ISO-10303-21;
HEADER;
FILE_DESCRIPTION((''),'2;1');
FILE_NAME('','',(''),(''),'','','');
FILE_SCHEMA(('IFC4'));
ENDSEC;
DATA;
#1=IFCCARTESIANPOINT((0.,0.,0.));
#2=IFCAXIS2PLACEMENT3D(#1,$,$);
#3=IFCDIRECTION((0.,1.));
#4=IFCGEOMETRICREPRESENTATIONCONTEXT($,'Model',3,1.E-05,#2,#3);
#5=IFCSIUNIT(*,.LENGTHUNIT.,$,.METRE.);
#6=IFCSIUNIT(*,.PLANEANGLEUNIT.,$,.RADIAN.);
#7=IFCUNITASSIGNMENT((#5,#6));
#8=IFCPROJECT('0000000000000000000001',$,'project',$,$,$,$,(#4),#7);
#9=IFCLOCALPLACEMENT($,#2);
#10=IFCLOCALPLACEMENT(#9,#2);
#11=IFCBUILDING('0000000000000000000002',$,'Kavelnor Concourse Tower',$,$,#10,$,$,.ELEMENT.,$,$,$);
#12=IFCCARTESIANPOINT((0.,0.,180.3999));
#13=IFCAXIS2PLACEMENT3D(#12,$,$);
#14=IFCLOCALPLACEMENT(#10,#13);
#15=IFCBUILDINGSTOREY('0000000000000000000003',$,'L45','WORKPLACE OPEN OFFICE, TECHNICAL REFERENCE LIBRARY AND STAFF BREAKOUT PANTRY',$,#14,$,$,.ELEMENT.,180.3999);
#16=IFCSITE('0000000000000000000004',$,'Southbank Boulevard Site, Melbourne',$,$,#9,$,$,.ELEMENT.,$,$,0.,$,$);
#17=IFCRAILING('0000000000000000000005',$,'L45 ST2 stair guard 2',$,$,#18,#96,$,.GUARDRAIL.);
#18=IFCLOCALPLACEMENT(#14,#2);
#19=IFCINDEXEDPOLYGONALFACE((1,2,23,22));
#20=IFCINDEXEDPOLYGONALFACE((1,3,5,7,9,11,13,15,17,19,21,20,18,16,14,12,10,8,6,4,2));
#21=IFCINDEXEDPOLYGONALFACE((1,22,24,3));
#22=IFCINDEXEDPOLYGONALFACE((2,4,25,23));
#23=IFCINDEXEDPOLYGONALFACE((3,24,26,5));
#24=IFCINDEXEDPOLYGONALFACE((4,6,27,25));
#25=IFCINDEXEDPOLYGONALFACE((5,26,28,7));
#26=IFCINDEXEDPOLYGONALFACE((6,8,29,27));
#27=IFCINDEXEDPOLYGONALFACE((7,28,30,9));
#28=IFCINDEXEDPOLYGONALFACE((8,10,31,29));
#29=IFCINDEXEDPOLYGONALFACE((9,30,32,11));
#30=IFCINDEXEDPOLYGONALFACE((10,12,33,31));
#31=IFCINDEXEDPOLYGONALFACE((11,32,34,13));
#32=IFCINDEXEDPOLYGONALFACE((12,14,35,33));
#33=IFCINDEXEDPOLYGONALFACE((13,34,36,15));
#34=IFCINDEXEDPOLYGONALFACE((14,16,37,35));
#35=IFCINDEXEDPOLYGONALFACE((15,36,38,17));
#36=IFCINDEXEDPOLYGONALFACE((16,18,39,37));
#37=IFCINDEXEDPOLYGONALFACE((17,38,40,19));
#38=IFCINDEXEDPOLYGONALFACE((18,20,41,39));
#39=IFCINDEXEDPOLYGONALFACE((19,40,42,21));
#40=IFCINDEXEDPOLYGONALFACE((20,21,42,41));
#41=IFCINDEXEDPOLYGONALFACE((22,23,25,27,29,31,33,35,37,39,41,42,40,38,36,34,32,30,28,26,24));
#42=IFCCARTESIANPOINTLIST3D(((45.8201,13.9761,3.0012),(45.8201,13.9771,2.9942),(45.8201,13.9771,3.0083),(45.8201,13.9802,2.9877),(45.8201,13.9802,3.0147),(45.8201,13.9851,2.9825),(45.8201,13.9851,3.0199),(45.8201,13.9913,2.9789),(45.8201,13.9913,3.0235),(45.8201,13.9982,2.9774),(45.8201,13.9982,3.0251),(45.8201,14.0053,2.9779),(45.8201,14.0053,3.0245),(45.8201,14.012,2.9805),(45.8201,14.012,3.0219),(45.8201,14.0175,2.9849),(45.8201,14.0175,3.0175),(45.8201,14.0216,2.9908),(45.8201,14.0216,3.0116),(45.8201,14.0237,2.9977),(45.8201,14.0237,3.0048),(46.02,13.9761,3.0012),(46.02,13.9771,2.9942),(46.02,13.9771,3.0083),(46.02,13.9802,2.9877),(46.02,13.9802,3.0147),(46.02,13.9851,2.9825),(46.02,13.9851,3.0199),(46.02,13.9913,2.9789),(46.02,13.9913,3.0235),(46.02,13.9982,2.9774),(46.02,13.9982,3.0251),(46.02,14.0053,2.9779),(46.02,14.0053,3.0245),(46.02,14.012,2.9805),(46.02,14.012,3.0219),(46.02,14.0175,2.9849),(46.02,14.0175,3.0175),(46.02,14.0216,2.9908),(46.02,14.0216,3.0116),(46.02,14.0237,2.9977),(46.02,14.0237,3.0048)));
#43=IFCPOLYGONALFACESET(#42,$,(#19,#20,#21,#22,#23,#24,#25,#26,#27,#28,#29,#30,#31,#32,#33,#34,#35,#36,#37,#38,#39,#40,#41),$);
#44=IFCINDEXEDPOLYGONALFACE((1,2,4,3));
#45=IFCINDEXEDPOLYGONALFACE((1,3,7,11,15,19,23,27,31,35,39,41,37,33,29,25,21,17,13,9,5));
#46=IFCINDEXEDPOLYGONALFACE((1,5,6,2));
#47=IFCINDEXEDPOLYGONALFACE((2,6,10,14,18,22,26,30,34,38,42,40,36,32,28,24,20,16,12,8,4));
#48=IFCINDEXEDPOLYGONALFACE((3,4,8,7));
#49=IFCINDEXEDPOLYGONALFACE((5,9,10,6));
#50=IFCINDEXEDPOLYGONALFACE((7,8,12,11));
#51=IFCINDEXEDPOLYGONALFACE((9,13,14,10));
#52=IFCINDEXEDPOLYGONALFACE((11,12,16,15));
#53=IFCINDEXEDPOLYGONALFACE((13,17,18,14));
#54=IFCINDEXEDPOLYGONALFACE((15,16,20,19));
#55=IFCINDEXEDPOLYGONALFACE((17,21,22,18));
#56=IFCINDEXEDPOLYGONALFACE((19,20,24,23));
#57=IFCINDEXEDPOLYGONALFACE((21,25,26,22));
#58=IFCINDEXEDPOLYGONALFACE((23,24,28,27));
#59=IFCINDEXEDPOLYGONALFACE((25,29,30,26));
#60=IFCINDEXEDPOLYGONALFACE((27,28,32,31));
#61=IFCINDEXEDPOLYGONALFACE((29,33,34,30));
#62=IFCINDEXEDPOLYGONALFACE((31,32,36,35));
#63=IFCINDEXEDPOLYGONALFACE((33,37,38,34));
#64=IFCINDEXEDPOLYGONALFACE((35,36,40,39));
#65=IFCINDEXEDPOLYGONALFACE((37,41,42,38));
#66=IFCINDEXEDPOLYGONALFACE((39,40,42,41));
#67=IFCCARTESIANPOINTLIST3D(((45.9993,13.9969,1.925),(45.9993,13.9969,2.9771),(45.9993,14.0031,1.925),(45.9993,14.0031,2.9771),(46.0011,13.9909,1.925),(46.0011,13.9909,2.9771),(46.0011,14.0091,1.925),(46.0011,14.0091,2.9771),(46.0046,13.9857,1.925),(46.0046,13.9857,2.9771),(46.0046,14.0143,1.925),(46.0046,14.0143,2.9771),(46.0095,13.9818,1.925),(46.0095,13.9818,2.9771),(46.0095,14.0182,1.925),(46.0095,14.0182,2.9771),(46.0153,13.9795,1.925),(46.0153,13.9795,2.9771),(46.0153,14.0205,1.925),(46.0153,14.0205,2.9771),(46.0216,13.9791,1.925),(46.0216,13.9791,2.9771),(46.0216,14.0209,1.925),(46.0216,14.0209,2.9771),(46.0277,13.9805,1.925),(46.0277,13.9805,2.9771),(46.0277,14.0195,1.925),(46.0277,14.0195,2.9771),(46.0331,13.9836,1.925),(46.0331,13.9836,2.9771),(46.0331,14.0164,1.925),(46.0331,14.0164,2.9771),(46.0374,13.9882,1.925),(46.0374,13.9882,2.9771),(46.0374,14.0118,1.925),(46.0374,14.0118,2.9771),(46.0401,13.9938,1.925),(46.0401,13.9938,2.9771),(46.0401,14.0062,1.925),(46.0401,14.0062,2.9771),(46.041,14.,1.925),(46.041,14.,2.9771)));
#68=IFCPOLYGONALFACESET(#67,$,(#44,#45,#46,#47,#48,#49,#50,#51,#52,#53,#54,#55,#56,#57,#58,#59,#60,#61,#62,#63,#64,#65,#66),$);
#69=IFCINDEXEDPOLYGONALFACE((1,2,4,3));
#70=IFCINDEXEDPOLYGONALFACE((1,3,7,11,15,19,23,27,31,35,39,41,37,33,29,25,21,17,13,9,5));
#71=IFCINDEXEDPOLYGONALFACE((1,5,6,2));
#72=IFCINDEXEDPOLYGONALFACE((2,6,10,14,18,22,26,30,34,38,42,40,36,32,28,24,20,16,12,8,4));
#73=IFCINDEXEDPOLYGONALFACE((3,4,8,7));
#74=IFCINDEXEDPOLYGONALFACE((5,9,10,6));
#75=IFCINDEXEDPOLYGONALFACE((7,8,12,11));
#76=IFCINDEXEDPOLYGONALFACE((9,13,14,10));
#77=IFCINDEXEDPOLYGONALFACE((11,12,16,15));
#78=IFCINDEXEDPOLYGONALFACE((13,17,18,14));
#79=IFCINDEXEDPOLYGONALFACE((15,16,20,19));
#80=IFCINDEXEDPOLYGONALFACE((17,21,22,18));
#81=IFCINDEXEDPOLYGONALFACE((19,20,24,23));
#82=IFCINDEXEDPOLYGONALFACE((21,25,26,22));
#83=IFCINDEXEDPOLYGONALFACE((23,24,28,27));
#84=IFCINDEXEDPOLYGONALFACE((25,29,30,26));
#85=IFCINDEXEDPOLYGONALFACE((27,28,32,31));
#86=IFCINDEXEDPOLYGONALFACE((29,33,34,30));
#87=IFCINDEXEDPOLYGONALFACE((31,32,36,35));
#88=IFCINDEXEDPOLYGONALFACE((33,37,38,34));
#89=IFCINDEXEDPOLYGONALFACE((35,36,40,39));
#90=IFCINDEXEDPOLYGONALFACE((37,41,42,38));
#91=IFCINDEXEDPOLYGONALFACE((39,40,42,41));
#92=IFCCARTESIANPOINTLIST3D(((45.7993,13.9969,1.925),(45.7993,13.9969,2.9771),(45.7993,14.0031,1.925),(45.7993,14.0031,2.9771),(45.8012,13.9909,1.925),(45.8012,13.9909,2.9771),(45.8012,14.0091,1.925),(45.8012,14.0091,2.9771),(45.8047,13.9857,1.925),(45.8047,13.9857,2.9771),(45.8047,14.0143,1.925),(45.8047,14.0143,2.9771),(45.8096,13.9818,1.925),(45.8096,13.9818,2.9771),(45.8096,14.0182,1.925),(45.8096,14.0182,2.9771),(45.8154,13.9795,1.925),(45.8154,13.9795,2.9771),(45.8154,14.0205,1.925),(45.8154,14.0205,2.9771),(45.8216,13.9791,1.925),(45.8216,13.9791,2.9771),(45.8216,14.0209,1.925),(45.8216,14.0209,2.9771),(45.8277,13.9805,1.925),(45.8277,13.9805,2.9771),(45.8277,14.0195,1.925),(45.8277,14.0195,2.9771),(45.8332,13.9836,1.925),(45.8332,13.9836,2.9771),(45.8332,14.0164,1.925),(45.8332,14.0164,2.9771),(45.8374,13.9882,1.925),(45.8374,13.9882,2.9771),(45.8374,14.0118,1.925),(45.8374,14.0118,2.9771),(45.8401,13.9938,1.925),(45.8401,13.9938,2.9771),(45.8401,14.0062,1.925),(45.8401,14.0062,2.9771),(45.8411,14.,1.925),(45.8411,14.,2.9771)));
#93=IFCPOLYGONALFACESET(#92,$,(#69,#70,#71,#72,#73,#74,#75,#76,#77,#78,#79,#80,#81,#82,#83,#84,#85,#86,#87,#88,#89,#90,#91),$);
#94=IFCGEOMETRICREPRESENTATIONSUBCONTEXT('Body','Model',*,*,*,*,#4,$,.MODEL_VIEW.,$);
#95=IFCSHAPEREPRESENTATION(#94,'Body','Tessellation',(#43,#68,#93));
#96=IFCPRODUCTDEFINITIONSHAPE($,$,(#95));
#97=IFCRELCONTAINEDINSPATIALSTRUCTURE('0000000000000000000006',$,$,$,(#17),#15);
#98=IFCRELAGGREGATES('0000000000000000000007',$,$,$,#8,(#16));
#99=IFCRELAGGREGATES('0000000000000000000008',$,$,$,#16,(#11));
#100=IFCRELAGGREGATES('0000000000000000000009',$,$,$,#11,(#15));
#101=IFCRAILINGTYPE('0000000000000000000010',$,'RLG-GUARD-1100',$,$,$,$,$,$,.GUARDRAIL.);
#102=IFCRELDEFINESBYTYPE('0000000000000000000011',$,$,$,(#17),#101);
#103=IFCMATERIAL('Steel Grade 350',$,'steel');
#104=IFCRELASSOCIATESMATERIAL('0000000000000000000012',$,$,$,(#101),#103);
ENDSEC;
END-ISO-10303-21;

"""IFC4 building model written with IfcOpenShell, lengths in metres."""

from ifc_helpers import new_model, si_unit, direction, frame, origin, origin_2d, place, context, subcontext, project, spatial, circle, extrude, material, type_object, element, save


model = new_model("IFC4")

# Units and contexts
model_context = context("Model", 3, precision=1e-05, world=origin(), true_north=direction((0.0, 1.0)))
body_context = subcontext(model_context, "Body", "Model", "MODEL_VIEW")
ifc_project = project(units=[si_unit("LENGTHUNIT", "METRE"), si_unit("PLANEANGLEUNIT", "RADIAN")], contexts=[model_context])

# Site, building, storey
site_placement = place(None, origin())
site = spatial("IfcSite", under=ifc_project, at=site_placement, Name="Southbank Boulevard Site, Melbourne", CompositionType="ELEMENT", RefElevation=0.0)
building_placement = place(site_placement, origin())
building = spatial("IfcBuilding", under=site, at=building_placement, Name="Kavelnor Concourse Tower", CompositionType="ELEMENT")
storey_placement = place(building_placement, frame((0.0, 0.0, 180.3999)))
storey = spatial("IfcBuildingStorey", under=building, at=storey_placement, Name="L45", Description="WORKPLACE OPEN OFFICE, TECHNICAL REFERENCE LIBRARY AND STAFF BREAKOUT PANTRY", CompositionType="ELEMENT", Elevation=180.3999)

# Shared definitions
ifc_material_1 = material(Name="Steel Grade 350", Category="steel")

# Railing
railing_type_1 = type_object("IfcRailingType", Name="RLG-GUARD-1100", PredefinedType="GUARDRAIL", material=ifc_material_1)
railing_1_placement = place(storey_placement, frame((46.02, 14.0, 1.925)))
element("IfcRailing", 1, at=railing_1_placement, inside=storey, type_object=railing_type_1, Name="L45 ST2 stair guard 2", PredefinedType="GUARDRAIL", context=body_context, shape_type="SweptSolid", body=[
    extrude(circle(Radius=0.0239, at=origin_2d()), frame((0.0, 0.0, 1.0762), z_axis=(-1.0, 0.0, 0.0), x_axis=(0.0, -1.0, 0.0)), (0.0, 0.0, 1.0), 0.2),
    extrude(circle(Radius=0.021, at=origin_2d()), origin(), (0.0, 0.0, 1.0), 1.052),
    extrude(circle(Radius=0.021, at=origin_2d()), frame((-0.2, 0.0, 0.0)), (0.0, 0.0, 1.0), 1.052),
])

save(model, "model.ifc")
